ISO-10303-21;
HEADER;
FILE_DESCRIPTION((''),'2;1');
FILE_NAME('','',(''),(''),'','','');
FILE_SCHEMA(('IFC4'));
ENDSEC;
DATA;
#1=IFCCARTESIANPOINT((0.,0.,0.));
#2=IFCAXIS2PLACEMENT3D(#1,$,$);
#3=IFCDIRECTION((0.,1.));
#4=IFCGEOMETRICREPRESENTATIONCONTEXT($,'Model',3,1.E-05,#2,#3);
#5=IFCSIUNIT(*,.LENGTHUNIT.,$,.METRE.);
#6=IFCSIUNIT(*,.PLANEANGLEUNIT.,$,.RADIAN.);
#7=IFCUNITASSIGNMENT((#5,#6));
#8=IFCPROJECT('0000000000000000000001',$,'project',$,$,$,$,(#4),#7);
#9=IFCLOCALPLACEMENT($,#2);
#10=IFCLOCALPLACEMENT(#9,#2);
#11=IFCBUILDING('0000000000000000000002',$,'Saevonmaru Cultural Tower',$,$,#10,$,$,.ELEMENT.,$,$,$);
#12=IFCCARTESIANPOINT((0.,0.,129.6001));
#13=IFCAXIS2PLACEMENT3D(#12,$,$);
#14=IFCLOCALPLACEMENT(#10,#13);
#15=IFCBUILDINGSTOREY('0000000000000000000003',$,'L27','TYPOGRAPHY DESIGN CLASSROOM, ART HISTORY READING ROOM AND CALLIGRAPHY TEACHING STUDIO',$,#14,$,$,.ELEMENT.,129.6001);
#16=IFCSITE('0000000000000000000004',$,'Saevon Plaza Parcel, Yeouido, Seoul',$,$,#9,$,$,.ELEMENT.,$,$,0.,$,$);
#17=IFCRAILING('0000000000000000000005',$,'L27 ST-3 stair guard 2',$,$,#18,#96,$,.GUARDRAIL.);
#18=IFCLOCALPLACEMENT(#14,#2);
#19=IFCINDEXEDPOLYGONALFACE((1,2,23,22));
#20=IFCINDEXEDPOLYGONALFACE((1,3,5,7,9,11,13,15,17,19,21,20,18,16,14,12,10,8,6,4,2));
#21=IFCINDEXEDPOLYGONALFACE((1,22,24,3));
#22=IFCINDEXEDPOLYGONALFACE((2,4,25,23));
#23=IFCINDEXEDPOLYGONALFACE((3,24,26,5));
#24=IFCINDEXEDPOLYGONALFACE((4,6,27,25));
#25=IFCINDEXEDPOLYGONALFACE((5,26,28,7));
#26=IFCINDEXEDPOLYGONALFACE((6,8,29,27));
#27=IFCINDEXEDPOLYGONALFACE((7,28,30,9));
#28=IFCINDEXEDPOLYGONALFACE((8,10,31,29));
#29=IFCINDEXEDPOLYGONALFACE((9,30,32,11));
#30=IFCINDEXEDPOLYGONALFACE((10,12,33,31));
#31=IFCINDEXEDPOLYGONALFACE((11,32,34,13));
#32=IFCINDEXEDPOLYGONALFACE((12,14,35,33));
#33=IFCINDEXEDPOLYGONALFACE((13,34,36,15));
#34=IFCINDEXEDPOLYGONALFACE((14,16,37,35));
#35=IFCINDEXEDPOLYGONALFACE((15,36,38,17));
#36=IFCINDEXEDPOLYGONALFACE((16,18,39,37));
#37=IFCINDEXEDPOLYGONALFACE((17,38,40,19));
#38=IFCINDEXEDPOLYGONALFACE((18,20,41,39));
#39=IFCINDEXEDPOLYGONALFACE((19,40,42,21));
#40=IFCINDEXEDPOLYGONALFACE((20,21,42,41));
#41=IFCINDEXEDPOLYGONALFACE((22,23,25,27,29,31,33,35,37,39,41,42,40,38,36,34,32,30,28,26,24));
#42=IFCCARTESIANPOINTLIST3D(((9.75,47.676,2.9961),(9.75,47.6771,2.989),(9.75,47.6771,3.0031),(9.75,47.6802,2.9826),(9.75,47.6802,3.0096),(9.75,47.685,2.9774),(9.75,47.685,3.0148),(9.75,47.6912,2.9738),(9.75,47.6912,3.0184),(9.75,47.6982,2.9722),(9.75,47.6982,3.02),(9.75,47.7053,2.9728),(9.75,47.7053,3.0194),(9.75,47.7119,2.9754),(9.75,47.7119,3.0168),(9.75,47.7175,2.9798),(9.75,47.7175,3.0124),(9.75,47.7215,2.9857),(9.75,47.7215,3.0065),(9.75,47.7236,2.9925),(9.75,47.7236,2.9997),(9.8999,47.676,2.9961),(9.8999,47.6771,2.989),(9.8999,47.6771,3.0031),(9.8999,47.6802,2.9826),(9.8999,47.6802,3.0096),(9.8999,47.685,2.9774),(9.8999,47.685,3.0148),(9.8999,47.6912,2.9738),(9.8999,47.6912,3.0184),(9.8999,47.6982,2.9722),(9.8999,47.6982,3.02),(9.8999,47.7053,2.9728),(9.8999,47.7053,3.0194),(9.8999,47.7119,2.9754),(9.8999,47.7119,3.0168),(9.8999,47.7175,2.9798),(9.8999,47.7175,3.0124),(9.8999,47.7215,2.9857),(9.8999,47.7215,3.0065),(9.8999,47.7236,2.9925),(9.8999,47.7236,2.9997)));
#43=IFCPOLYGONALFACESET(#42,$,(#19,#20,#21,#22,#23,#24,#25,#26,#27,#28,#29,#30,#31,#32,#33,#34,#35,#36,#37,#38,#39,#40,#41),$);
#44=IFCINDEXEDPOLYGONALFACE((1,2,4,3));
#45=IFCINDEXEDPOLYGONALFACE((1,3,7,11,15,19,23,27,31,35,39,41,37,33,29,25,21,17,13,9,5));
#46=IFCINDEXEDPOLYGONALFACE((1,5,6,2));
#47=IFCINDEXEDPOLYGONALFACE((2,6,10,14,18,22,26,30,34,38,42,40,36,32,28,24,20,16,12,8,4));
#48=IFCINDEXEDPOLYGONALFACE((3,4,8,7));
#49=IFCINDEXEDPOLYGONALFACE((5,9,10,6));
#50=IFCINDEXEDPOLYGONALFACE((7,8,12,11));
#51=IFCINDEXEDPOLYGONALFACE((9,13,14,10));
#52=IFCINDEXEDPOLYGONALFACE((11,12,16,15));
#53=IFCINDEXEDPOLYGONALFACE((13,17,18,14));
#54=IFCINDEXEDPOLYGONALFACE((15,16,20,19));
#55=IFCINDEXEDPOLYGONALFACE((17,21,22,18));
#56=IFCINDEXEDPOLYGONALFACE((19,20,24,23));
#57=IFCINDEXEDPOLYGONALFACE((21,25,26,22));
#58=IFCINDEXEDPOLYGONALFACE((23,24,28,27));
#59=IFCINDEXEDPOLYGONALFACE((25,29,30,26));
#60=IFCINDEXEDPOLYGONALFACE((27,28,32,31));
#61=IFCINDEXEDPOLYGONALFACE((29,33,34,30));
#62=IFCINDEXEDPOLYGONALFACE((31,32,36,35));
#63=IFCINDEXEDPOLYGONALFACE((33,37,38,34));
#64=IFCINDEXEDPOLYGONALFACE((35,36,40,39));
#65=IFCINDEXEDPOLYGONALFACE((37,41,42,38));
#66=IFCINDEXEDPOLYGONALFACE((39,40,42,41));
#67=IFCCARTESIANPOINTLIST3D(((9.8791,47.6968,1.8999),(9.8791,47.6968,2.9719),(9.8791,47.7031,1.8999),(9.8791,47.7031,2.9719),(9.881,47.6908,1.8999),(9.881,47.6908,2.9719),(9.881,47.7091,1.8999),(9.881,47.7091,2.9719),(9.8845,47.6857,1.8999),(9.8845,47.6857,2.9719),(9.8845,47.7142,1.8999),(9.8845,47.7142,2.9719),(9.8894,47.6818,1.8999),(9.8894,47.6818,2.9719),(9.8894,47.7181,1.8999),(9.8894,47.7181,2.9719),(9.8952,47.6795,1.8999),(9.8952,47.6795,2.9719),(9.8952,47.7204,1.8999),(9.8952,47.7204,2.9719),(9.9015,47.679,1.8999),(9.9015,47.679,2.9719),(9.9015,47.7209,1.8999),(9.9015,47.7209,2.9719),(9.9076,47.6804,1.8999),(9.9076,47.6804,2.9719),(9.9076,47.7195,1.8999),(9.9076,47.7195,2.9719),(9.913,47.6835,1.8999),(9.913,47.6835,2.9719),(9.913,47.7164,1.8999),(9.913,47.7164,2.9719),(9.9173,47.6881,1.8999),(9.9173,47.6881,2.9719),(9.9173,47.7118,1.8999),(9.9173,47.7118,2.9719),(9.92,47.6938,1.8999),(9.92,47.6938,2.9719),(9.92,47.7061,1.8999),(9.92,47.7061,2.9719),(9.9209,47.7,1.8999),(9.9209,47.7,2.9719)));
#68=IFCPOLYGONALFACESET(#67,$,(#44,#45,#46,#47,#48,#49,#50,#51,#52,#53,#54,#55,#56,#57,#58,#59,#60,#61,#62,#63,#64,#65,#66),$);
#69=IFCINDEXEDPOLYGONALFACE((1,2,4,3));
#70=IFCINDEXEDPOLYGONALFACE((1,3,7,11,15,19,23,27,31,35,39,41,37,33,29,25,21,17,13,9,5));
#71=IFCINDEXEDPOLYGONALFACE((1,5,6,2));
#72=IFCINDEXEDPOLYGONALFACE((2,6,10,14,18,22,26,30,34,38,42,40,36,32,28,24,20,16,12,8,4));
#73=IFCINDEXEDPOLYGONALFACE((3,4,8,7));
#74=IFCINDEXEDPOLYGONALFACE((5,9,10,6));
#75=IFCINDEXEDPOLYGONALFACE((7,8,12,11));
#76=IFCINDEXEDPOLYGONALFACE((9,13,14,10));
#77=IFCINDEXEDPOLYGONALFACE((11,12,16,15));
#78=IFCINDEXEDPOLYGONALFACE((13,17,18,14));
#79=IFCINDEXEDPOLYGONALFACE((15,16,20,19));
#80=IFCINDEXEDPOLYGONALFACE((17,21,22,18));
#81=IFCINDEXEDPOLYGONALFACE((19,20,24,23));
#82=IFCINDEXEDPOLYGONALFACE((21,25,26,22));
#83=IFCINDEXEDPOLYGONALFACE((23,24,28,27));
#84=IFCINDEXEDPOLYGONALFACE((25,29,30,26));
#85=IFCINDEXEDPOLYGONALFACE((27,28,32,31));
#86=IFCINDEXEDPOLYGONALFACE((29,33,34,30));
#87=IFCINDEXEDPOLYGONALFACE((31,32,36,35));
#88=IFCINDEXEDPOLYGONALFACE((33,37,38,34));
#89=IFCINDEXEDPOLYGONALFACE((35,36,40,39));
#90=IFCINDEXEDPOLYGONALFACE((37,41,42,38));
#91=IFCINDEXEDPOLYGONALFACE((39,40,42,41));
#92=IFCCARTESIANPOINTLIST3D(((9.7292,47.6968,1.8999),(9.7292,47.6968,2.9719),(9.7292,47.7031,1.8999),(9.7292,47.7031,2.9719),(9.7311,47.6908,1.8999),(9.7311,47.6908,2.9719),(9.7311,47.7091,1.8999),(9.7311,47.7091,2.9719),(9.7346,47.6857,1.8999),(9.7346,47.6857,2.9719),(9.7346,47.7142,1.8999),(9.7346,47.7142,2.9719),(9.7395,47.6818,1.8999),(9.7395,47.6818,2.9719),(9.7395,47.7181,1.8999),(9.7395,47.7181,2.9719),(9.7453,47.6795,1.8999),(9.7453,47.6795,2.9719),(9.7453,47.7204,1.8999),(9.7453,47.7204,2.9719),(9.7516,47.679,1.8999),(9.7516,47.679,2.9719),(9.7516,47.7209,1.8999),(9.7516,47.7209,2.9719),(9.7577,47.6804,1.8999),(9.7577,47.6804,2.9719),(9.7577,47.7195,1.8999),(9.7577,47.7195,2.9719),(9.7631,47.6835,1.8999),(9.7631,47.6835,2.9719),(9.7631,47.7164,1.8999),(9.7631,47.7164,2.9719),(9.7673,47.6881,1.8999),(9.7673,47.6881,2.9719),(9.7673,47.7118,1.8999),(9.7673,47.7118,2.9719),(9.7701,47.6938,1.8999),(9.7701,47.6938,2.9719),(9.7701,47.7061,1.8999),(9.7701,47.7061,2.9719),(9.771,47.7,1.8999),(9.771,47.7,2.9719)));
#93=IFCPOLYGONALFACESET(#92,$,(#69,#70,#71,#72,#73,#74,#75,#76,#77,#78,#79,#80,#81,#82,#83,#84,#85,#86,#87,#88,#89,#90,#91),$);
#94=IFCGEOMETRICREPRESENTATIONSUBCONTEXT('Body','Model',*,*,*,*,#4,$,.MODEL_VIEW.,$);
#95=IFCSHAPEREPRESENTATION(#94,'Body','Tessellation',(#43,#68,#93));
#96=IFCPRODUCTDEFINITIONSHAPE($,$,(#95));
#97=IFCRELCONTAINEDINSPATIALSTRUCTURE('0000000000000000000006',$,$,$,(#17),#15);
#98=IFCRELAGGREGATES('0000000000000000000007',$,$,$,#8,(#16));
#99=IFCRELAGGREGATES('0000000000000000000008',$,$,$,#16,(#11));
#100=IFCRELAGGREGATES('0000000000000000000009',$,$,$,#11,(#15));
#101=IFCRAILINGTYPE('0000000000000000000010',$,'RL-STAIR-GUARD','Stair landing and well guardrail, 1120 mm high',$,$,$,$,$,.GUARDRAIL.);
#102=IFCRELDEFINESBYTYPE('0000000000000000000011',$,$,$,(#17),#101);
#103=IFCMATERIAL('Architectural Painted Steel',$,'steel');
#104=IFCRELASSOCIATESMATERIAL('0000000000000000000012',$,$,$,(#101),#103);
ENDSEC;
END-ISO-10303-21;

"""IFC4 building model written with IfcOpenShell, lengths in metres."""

from ifc_helpers import new_model, si_unit, direction, frame, origin, origin_2d, place, context, subcontext, project, spatial, circle, extrude, material, type_object, element, save


model = new_model("IFC4")

# Units and contexts
model_context = context("Model", 3, precision=1e-05, world=origin(), true_north=direction((0.0, 1.0)))
body_context = subcontext(model_context, "Body", "Model", "MODEL_VIEW")
ifc_project = project(units=[si_unit("LENGTHUNIT", "METRE"), si_unit("PLANEANGLEUNIT", "RADIAN")], contexts=[model_context])

# Site, building, storey
site_placement = place(None, origin())
site = spatial("IfcSite", under=ifc_project, at=site_placement, Name="Saevon Plaza Parcel, Yeouido, Seoul", CompositionType="ELEMENT", RefElevation=0.0)
building_placement = place(site_placement, origin())
building = spatial("IfcBuilding", under=site, at=building_placement, Name="Saevonmaru Cultural Tower", CompositionType="ELEMENT")
storey_placement = place(building_placement, frame((0.0, 0.0, 129.6001)))
storey = spatial("IfcBuildingStorey", under=building, at=storey_placement, Name="L27", Description="TYPOGRAPHY DESIGN CLASSROOM, ART HISTORY READING ROOM AND CALLIGRAPHY TEACHING STUDIO", CompositionType="ELEMENT", Elevation=129.6001)

# Railing
ifc_material_1 = material(Name="Architectural Painted Steel", Category="steel")
railing_type_1 = type_object("IfcRailingType", Name="RL-STAIR-GUARD", Description="Stair landing and well guardrail, 1120 mm high", PredefinedType="GUARDRAIL", material=ifc_material_1)
railing_1_placement = place(storey_placement, frame((9.8999, 47.7, 1.8999)))
element("IfcRailing", 1, at=railing_1_placement, inside=storey, type_object=railing_type_1, Name="L27 ST-3 stair guard 2", PredefinedType="GUARDRAIL", context=body_context, shape_type="SweptSolid", body=[
    extrude(circle(Radius=0.0239, at=origin_2d()), frame((0.0, 0.0, 1.0962), z_axis=(-1.0, 0.0, 0.0), x_axis=(0.0, -1.0, 0.0)), (0.0, 0.0, 1.0), 0.1499),
    extrude(circle(Radius=0.021, at=origin_2d()), origin(), (0.0, 0.0, 1.0), 1.072),
    extrude(circle(Radius=0.021, at=origin_2d()), frame((-0.1499, 0.0, 0.0)), (0.0, 0.0, 1.0), 1.072),
])

save(model, "model.ifc")
